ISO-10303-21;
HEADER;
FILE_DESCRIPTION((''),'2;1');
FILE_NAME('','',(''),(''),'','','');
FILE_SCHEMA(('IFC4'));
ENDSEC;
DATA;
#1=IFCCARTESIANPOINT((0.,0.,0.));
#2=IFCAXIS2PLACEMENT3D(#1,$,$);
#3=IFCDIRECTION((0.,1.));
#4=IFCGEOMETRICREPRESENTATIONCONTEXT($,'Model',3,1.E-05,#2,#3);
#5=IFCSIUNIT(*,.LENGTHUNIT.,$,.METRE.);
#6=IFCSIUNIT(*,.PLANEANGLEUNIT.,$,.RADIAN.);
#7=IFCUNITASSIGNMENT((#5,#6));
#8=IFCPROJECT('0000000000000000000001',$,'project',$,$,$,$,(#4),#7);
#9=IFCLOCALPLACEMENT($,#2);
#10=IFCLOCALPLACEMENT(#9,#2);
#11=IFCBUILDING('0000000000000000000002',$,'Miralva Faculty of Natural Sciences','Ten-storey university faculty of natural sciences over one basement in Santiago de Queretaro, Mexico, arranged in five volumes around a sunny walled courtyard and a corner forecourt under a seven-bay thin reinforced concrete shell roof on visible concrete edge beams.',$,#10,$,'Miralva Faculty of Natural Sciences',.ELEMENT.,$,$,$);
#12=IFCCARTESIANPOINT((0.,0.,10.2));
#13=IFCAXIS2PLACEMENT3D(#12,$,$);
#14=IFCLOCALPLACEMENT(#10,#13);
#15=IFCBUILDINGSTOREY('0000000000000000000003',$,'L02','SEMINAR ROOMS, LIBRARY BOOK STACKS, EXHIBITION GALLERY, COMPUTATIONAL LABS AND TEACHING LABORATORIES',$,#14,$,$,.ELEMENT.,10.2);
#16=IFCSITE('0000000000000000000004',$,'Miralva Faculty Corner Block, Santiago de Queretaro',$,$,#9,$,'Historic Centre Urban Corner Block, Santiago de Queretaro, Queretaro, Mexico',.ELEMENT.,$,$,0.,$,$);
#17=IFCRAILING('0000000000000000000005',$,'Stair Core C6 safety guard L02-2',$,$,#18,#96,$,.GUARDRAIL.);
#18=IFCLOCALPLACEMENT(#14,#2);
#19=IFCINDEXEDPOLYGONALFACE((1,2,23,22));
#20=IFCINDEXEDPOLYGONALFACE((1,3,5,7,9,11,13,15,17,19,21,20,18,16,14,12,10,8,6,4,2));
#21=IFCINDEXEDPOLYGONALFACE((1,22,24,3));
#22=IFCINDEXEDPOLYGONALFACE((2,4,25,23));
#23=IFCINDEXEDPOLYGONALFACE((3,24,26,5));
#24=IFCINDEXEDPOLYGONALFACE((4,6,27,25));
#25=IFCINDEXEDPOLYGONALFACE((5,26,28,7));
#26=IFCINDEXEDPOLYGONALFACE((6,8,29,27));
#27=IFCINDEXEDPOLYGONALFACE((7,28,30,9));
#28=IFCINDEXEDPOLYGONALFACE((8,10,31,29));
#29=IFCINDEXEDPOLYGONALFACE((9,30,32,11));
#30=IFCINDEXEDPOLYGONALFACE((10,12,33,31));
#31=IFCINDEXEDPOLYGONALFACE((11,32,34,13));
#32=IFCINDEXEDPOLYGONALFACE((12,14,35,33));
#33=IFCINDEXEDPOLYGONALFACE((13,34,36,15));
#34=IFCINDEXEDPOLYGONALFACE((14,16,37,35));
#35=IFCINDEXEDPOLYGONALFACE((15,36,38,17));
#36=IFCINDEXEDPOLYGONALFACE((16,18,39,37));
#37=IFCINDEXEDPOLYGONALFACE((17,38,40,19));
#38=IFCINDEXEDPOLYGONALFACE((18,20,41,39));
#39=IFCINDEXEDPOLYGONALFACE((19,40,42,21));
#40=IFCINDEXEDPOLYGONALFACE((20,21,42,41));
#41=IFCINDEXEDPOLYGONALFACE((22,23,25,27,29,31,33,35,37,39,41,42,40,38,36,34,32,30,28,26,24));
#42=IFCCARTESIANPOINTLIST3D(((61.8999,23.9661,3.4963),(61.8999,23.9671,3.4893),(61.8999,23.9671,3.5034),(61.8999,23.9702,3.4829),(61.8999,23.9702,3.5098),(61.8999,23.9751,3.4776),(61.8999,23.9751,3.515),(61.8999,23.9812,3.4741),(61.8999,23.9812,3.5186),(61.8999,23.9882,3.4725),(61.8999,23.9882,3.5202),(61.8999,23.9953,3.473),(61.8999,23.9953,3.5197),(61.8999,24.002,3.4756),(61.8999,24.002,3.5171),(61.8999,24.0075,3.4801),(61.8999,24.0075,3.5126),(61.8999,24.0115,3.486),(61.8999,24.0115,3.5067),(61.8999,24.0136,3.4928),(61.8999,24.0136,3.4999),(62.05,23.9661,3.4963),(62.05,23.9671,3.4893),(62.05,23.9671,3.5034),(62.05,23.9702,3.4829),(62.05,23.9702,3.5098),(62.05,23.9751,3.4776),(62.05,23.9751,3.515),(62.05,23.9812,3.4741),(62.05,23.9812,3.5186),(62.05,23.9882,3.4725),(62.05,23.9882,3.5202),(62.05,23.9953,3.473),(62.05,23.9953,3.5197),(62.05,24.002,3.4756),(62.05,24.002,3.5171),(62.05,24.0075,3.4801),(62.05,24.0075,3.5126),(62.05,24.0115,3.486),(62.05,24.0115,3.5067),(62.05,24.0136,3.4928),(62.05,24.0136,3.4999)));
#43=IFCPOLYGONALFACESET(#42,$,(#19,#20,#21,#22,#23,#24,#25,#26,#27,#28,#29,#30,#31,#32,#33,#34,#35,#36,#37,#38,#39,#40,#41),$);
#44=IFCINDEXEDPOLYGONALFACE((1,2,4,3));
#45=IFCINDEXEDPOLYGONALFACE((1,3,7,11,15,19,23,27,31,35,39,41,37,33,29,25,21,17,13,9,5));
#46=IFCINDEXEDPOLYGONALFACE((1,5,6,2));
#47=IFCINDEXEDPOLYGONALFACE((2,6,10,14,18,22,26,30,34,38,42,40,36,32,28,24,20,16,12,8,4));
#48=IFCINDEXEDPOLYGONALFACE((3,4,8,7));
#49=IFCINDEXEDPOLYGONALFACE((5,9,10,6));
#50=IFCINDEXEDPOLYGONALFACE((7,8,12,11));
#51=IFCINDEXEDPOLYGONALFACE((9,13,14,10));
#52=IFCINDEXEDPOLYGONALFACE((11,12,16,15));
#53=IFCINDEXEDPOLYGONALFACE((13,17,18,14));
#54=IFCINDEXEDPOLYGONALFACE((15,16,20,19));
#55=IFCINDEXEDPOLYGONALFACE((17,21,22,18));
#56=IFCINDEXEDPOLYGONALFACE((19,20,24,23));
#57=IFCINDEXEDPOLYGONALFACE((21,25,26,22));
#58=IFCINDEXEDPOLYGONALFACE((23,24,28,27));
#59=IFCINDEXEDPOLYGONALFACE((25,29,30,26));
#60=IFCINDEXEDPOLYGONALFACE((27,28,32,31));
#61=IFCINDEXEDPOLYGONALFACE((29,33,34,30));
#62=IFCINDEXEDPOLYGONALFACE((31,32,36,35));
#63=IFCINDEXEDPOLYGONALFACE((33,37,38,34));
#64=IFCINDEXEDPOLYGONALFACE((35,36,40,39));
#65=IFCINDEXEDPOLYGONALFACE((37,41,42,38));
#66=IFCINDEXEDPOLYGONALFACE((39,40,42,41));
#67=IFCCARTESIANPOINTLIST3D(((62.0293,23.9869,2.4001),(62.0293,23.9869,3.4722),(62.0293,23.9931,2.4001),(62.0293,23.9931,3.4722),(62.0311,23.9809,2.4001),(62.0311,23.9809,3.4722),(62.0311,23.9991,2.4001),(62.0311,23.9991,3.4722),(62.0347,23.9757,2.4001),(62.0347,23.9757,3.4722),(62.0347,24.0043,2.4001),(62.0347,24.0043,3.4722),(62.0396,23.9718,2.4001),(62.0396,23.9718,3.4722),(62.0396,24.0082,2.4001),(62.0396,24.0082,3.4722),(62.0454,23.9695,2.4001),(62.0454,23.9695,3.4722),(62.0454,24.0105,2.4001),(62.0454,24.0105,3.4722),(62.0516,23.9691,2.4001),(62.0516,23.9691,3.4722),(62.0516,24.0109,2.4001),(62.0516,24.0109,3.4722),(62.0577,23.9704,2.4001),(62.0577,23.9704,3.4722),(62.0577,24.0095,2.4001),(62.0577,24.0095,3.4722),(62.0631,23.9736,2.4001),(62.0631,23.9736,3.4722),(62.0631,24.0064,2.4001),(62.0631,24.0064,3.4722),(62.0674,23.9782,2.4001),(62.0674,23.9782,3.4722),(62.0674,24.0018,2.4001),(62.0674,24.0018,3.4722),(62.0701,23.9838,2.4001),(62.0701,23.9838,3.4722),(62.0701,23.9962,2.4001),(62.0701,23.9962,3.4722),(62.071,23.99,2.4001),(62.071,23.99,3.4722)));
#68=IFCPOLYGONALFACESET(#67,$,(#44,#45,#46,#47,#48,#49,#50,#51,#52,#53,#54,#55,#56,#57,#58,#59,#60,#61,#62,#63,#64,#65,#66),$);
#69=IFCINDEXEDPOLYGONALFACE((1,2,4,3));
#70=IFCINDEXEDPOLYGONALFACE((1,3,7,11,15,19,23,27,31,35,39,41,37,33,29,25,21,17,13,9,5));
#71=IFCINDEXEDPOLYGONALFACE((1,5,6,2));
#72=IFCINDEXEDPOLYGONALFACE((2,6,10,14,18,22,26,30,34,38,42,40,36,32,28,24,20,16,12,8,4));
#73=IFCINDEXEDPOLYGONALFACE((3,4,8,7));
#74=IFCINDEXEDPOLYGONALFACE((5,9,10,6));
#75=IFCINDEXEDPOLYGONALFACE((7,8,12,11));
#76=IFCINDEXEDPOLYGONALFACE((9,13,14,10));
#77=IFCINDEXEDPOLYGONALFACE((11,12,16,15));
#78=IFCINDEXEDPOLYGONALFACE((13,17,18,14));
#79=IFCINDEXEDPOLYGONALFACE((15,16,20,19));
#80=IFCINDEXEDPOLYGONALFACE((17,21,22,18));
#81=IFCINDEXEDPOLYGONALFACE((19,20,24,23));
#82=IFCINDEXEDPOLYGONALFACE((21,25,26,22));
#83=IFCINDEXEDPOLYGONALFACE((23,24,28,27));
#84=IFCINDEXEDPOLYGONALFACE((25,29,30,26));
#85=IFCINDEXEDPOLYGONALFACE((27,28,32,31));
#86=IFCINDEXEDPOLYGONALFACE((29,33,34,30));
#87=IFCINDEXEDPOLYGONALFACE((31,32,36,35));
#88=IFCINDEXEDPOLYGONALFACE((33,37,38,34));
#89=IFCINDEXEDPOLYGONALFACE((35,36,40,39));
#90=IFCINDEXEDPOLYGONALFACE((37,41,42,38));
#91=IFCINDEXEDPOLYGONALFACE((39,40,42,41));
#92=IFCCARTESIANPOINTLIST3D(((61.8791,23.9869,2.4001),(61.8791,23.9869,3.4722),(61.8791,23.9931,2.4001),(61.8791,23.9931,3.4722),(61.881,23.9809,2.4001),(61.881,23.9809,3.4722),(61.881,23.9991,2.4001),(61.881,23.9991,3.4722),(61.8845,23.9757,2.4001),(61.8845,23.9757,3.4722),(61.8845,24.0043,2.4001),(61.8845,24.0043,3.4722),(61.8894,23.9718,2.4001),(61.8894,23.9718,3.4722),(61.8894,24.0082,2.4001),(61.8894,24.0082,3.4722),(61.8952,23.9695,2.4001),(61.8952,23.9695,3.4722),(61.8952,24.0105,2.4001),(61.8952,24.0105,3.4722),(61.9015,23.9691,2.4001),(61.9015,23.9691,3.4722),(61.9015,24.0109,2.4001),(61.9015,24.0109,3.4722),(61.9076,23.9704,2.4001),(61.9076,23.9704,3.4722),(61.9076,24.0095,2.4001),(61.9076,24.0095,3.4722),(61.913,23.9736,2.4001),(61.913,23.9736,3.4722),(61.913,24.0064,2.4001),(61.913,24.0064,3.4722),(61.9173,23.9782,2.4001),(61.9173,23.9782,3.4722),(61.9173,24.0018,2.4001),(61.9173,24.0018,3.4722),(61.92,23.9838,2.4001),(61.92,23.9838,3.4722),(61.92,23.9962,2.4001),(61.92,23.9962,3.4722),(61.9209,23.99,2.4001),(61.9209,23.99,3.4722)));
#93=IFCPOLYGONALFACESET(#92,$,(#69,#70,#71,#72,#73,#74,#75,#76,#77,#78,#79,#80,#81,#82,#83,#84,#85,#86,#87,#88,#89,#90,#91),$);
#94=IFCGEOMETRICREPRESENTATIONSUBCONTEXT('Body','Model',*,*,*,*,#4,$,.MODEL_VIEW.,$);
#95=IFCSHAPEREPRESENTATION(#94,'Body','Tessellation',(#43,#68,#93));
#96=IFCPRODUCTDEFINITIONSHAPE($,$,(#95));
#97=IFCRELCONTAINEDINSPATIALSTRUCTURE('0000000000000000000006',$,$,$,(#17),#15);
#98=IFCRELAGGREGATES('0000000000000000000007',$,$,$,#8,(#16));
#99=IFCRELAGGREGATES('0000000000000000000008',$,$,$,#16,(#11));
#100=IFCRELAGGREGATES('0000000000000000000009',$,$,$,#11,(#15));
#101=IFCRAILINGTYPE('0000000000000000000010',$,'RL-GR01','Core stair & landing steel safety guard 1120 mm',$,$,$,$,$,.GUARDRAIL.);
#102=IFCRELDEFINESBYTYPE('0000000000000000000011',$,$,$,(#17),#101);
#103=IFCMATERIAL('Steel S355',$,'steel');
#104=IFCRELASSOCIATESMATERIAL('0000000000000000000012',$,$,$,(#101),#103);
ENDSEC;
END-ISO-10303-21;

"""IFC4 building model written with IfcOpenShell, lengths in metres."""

from ifc_helpers import new_model, si_unit, direction, frame, origin, origin_2d, place, context, subcontext, project, spatial, circle, extrude, material, type_object, element, save


model = new_model("IFC4")

# Units and contexts
model_context = context("Model", 3, precision=1e-05, world=origin(), true_north=direction((0.0, 1.0)))
body_context = subcontext(model_context, "Body", "Model", "MODEL_VIEW")
ifc_project = project(units=[si_unit("LENGTHUNIT", "METRE"), si_unit("PLANEANGLEUNIT", "RADIAN")], contexts=[model_context])

# Site, building, storey
site_placement = place(None, origin())
site = spatial("IfcSite", under=ifc_project, at=site_placement, Name="Miralva Faculty Corner Block, Santiago de Queretaro", LongName="Historic Centre Urban Corner Block, Santiago de Queretaro, Queretaro, Mexico", CompositionType="ELEMENT", RefElevation=0.0)
building_placement = place(site_placement, origin())
building = spatial("IfcBuilding", under=site, at=building_placement, Name="Miralva Faculty of Natural Sciences", Description="Ten-storey university faculty of natural sciences over one basement in Santiago de Queretaro, Mexico, arranged in five volumes around a sunny walled courtyard and a corner forecourt under a seven-bay thin reinforced concrete shell roof on visible concrete edge beams.", LongName="Miralva Faculty of Natural Sciences", CompositionType="ELEMENT")
storey_placement = place(building_placement, frame((0.0, 0.0, 10.2)))
storey = spatial("IfcBuildingStorey", under=building, at=storey_placement, Name="L02", Description="SEMINAR ROOMS, LIBRARY BOOK STACKS, EXHIBITION GALLERY, COMPUTATIONAL LABS AND TEACHING LABORATORIES", CompositionType="ELEMENT", Elevation=10.2)

# Railing
ifc_material_1 = material(Name="Steel S355", Category="steel")
railing_type_1 = type_object("IfcRailingType", Name="RL-GR01", Description="Core stair & landing steel safety guard 1120 mm", PredefinedType="GUARDRAIL", material=ifc_material_1)
railing_1_placement = place(storey_placement, frame((62.05, 23.99, 2.4001)))
element("IfcRailing", 1, at=railing_1_placement, inside=storey, type_object=railing_type_1, Name="Stair Core C6 safety guard L02-2", PredefinedType="GUARDRAIL", context=body_context, shape_type="SweptSolid", body=[
    extrude(circle(Radius=0.0239, at=origin_2d()), frame((0.0, 0.0, 1.0962), z_axis=(-1.0, 0.0, 0.0), x_axis=(0.0, -1.0, 0.0)), (0.0, 0.0, 1.0), 0.1501),
    extrude(circle(Radius=0.021, at=origin_2d()), origin(), (0.0, 0.0, 1.0), 1.072),
    extrude(circle(Radius=0.021, at=origin_2d()), frame((-0.1501, 0.0, 0.0)), (0.0, 0.0, 1.0), 1.072),
])

save(model, "model.ifc")
